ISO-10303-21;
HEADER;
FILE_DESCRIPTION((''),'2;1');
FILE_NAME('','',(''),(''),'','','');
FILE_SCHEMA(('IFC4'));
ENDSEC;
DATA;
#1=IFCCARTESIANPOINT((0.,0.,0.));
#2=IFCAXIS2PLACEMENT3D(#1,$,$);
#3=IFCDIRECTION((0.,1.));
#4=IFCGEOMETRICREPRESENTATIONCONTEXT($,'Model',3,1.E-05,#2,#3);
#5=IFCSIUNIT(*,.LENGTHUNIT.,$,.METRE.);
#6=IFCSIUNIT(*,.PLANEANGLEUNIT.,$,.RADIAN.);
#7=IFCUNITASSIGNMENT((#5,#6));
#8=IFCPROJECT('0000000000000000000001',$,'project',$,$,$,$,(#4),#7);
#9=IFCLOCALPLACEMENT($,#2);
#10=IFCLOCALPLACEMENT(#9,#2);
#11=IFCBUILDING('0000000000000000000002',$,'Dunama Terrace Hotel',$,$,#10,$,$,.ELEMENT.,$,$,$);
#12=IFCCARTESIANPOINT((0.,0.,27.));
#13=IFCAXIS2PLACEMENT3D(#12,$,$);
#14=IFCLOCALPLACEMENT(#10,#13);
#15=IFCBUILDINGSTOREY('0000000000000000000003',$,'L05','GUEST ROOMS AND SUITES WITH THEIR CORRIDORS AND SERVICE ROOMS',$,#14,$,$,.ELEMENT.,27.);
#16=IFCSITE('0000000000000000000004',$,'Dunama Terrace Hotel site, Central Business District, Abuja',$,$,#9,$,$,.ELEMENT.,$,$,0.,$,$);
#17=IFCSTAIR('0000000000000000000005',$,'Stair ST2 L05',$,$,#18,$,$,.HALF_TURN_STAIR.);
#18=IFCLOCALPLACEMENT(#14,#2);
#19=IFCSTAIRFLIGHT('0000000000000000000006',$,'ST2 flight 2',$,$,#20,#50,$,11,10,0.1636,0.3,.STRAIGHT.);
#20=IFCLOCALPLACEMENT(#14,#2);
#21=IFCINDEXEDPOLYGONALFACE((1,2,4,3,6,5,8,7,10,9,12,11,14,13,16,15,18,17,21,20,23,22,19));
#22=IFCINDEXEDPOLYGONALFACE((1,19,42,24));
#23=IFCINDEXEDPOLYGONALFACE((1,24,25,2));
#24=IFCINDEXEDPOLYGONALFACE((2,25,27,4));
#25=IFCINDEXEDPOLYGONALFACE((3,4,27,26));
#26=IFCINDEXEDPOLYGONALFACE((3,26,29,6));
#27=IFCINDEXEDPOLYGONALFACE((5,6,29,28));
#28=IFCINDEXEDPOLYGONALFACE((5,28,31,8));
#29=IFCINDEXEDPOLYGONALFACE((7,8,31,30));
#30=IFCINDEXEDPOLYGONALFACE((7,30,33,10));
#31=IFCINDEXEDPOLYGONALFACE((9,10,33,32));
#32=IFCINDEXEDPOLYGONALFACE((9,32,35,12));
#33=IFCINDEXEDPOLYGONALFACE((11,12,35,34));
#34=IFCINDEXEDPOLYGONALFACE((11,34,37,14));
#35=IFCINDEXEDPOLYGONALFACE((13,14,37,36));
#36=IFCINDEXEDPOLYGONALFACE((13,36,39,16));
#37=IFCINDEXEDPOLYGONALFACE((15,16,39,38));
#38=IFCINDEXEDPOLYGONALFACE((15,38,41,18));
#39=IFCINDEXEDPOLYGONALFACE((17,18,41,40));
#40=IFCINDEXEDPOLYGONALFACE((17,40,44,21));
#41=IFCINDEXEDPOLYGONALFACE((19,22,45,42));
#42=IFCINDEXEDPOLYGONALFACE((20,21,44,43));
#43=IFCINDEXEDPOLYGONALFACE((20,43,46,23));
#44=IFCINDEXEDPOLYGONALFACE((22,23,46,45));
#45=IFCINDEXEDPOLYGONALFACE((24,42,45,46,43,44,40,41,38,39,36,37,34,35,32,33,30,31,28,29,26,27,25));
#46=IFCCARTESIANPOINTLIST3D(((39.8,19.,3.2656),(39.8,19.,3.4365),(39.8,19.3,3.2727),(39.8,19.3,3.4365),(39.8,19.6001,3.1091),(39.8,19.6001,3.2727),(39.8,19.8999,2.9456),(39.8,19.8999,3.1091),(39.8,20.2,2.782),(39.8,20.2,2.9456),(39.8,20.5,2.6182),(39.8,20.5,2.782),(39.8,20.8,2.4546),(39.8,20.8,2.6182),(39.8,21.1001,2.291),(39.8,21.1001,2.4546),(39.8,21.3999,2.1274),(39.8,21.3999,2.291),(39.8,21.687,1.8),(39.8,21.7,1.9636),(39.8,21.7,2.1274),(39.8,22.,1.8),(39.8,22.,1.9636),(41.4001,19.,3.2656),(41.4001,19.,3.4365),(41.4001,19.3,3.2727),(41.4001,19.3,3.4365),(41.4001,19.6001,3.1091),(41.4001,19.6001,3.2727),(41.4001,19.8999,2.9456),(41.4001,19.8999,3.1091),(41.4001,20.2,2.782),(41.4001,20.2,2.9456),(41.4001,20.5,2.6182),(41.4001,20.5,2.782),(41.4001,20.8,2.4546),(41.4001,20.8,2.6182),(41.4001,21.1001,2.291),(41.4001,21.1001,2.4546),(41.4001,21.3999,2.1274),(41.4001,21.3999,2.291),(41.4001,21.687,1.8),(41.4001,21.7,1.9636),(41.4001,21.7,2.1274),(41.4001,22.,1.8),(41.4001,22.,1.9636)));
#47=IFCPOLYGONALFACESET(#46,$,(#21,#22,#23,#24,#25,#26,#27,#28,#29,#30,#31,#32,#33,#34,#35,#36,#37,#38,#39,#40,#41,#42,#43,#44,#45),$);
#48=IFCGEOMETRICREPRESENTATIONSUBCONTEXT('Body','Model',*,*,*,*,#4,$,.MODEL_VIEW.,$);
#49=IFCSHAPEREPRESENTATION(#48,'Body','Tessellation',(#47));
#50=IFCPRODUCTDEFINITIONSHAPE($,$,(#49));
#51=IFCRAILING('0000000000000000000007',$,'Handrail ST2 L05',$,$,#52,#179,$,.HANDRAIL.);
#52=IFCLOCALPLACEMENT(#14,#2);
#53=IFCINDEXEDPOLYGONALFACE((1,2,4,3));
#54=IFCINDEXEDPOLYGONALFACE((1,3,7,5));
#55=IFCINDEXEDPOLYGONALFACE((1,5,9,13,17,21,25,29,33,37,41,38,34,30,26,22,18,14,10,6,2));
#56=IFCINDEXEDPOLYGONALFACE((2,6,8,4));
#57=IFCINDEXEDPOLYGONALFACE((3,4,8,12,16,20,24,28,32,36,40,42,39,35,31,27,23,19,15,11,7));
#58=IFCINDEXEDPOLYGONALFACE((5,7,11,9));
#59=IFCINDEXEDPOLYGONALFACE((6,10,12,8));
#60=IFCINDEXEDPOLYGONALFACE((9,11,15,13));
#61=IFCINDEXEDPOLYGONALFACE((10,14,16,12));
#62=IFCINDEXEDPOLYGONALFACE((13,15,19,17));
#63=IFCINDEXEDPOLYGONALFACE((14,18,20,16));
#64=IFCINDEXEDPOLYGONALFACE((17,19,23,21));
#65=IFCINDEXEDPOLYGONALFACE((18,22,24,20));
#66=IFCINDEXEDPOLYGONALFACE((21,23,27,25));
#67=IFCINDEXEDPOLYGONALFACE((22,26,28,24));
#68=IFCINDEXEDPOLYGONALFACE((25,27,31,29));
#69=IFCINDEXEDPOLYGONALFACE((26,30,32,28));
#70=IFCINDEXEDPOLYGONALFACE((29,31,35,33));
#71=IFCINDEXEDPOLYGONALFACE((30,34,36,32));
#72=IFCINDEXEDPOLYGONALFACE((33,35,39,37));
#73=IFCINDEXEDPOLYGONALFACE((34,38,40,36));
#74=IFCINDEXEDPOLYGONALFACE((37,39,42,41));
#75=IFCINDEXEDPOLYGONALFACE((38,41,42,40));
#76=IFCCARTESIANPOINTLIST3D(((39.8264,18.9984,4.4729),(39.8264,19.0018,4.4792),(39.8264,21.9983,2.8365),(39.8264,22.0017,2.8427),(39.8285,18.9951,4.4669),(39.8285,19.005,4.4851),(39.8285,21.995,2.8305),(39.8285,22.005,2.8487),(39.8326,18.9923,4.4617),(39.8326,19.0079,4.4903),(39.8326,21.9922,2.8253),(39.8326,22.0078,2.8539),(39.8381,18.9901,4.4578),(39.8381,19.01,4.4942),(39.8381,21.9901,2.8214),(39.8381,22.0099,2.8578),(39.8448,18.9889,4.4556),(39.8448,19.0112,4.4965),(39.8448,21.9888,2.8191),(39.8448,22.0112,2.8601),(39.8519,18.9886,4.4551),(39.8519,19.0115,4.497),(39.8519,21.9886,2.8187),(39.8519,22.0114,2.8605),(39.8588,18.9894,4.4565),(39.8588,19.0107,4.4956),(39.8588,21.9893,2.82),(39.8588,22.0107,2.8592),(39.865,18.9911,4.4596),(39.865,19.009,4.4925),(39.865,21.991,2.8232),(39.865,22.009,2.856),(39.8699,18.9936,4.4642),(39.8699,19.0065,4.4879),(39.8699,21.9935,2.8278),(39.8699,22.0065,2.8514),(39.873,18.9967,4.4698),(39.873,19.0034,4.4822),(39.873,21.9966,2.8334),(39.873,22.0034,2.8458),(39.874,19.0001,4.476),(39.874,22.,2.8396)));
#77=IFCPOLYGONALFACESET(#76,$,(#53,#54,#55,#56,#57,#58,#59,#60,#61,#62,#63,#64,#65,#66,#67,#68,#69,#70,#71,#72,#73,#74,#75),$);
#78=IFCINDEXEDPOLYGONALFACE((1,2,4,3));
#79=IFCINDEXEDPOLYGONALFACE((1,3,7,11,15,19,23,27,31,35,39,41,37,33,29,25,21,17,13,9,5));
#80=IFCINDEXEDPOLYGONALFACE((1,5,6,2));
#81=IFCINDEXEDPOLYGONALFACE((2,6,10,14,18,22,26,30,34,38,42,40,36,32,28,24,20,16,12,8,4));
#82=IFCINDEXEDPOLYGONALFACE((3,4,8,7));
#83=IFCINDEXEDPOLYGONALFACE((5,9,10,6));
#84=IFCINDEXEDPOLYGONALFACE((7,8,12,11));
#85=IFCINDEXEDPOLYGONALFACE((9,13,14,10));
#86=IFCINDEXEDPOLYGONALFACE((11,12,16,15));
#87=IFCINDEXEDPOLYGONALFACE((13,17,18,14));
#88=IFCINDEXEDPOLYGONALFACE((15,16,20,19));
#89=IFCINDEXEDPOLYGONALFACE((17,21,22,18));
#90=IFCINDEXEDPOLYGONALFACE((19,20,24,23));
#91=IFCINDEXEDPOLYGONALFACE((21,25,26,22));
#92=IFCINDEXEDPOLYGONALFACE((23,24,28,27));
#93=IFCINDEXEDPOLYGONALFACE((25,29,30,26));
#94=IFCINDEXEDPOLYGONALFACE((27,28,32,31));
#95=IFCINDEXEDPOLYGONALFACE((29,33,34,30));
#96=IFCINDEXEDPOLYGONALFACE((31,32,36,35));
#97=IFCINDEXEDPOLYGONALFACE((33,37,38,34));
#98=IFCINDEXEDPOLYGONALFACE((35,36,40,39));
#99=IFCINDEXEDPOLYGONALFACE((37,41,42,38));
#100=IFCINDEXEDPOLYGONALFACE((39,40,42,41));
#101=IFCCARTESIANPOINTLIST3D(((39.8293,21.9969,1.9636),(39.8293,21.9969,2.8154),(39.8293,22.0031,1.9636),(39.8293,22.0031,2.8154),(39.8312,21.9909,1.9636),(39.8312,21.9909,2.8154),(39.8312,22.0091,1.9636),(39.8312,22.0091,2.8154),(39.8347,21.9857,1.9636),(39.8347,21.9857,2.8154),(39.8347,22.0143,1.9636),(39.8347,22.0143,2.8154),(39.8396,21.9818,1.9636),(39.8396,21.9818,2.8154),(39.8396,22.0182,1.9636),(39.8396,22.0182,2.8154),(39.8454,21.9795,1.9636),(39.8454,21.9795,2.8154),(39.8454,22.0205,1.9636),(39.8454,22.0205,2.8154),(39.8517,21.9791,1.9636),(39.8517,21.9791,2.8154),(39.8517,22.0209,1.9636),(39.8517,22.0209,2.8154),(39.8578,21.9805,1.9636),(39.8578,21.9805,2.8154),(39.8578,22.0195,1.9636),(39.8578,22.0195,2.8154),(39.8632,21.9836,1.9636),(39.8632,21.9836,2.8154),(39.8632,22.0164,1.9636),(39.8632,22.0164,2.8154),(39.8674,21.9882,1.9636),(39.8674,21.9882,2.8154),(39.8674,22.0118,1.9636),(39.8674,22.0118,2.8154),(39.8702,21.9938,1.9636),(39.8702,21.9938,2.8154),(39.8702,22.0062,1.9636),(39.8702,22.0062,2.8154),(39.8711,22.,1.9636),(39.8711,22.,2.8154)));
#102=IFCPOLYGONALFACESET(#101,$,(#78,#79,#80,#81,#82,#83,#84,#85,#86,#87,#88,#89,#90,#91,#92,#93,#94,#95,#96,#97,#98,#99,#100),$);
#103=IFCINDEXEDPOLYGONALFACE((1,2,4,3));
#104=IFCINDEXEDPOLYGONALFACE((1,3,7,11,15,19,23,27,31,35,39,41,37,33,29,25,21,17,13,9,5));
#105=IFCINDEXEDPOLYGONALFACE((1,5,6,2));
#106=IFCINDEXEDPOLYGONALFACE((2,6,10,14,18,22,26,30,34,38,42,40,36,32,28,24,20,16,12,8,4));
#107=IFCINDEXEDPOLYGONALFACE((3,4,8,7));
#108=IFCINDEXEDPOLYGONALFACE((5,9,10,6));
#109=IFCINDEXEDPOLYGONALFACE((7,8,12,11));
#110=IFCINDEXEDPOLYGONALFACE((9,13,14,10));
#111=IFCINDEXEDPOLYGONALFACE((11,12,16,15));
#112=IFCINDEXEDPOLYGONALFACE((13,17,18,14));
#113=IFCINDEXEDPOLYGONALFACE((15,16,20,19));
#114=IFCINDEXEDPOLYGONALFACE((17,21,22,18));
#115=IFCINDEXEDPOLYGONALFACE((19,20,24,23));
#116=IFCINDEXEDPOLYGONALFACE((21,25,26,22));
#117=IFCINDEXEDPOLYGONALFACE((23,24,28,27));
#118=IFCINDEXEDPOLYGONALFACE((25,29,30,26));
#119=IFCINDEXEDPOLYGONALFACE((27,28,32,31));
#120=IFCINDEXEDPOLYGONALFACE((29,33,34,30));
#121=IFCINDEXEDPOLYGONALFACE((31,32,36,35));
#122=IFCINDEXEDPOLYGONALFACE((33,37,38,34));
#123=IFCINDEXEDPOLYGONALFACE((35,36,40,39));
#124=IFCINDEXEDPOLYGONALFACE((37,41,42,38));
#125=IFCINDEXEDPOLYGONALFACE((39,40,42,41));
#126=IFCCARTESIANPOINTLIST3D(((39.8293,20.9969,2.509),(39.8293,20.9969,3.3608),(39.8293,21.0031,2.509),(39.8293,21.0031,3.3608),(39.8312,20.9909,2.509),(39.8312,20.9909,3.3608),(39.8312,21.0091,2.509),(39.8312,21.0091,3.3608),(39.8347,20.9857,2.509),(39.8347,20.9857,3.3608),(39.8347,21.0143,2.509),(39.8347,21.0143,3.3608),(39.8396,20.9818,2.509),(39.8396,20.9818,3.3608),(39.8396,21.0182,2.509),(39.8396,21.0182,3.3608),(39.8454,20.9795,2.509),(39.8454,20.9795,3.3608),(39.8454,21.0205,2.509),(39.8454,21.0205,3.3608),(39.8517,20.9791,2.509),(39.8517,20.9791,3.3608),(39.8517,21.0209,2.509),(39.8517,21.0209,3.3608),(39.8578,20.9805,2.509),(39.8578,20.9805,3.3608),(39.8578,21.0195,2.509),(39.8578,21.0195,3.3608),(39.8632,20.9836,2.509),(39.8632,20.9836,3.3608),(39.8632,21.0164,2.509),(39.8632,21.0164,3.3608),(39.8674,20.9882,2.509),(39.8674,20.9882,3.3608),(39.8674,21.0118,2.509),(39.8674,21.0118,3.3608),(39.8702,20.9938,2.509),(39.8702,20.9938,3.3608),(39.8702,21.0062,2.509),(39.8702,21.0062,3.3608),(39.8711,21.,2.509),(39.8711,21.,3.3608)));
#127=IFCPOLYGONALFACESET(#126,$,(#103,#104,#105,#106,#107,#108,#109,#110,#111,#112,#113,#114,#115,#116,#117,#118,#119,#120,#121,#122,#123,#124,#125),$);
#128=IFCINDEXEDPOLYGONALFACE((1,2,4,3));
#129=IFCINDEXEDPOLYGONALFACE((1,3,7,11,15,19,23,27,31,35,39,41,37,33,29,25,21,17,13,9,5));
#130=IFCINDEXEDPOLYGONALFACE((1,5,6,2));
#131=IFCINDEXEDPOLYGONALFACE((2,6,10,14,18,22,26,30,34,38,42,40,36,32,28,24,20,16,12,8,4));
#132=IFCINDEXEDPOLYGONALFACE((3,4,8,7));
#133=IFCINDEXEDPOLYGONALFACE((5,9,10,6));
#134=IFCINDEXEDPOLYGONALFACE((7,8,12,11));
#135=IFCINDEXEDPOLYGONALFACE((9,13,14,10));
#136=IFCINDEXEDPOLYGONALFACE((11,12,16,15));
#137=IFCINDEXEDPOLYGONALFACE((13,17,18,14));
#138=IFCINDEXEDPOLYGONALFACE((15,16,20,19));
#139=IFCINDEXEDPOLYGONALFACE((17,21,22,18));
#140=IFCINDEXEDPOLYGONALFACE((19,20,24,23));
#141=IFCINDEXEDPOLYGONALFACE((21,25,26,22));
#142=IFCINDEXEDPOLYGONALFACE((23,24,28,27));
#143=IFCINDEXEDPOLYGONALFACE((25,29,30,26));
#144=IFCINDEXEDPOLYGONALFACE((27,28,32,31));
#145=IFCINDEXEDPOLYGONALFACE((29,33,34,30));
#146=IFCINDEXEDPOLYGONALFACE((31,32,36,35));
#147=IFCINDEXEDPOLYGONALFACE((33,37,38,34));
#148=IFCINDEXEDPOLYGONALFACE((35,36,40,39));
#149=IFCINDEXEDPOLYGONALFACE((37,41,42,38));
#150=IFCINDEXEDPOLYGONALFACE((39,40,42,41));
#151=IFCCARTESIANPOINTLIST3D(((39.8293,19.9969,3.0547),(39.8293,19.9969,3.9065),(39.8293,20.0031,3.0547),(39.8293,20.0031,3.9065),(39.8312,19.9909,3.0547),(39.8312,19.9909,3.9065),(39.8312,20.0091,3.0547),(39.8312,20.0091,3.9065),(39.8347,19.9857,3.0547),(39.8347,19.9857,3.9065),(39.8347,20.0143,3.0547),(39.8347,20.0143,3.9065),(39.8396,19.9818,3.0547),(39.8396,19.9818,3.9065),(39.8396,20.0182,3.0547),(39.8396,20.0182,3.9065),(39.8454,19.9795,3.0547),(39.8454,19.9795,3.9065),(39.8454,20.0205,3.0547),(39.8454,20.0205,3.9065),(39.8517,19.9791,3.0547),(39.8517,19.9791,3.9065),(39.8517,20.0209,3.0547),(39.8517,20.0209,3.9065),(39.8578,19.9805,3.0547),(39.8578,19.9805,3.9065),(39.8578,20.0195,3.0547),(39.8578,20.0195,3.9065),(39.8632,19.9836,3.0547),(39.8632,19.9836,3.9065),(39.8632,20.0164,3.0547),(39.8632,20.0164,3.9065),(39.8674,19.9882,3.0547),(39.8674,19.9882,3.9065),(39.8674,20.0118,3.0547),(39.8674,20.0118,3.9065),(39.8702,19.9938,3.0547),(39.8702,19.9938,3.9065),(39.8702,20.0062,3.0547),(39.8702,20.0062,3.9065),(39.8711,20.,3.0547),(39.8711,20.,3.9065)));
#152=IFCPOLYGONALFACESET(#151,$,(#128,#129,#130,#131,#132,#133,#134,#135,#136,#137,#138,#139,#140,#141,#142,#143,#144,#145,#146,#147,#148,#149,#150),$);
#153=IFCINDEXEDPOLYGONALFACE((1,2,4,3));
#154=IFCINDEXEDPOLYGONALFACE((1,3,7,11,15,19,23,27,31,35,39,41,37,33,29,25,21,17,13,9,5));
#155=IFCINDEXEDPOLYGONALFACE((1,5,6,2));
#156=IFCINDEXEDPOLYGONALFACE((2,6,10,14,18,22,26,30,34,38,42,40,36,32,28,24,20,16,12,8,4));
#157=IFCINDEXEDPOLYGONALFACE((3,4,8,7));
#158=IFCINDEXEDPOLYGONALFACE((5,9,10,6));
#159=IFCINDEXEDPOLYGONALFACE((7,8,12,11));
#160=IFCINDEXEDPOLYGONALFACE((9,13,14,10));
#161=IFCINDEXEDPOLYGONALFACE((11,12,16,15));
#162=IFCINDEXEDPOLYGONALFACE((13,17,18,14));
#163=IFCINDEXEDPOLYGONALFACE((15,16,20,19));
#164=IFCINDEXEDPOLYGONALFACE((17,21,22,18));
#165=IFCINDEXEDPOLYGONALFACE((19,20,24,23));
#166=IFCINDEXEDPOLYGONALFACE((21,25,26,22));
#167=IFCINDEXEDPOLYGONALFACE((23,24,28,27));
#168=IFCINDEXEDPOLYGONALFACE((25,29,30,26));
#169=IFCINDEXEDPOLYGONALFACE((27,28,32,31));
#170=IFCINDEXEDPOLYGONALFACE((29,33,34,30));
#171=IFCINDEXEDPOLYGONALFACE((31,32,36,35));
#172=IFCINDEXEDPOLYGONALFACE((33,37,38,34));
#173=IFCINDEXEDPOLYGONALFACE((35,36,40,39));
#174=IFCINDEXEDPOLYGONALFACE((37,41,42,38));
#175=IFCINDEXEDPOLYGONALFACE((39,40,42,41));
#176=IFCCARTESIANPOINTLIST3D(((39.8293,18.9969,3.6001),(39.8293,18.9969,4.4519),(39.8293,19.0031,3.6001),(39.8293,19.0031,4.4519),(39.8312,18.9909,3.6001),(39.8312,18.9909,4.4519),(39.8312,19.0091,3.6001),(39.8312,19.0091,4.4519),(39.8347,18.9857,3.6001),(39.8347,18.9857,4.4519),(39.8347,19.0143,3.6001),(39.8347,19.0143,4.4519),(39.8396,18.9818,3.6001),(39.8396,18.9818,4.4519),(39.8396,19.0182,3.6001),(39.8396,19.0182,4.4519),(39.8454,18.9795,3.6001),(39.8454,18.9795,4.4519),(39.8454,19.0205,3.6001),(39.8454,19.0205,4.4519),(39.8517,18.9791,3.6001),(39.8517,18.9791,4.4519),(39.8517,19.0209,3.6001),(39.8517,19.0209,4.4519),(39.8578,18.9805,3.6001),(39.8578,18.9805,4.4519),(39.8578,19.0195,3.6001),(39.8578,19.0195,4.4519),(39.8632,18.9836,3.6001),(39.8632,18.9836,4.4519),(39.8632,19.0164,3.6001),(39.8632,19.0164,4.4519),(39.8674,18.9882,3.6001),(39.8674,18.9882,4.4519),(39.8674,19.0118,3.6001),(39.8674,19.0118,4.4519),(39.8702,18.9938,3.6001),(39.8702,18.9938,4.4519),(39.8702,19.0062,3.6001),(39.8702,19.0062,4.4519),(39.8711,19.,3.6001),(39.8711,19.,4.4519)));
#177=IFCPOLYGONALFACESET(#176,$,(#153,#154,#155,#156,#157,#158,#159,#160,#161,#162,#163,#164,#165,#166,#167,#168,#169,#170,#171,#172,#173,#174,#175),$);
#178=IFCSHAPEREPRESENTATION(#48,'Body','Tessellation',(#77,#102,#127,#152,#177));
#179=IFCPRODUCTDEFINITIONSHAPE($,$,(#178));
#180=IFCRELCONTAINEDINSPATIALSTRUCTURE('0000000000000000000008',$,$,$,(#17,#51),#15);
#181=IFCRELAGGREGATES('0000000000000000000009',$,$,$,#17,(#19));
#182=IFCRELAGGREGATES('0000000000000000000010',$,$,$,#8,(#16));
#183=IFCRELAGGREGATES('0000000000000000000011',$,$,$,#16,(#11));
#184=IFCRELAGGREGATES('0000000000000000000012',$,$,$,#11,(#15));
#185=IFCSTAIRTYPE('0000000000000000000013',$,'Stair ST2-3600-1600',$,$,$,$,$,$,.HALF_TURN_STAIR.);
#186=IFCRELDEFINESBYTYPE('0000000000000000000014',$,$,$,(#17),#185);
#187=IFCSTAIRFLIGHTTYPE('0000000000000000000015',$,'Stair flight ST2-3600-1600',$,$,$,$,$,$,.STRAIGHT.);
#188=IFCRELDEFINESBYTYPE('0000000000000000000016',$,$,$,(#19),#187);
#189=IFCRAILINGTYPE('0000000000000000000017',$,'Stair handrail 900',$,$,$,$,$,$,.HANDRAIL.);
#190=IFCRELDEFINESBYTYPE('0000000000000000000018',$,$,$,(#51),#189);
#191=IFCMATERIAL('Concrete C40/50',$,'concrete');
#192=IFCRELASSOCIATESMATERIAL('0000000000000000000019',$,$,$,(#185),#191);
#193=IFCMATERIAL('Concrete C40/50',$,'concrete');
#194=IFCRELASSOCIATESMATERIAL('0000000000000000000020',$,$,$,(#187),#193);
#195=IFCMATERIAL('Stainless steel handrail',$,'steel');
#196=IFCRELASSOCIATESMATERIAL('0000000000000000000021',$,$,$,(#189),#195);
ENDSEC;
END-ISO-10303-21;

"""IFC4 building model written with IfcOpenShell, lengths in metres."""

from ifc_helpers import new_model, si_unit, direction, frame, origin, origin_2d, place, context, subcontext, project, spatial, polyline, circle, outline, extrude, material, type_object, element, aggregate, save


model = new_model("IFC4")

# Units and contexts
model_context = context("Model", 3, precision=1e-05, world=origin(), true_north=direction((0.0, 1.0)))
body_context = subcontext(model_context, "Body", "Model", "MODEL_VIEW")
ifc_project = project(units=[si_unit("LENGTHUNIT", "METRE"), si_unit("PLANEANGLEUNIT", "RADIAN")], contexts=[model_context])

# Site, building, storey
site_placement = place(None, origin())
site = spatial("IfcSite", under=ifc_project, at=site_placement, Name="Dunama Terrace Hotel site, Central Business District, Abuja", CompositionType="ELEMENT", RefElevation=0.0)
building_placement = place(site_placement, origin())
building = spatial("IfcBuilding", under=site, at=building_placement, Name="Dunama Terrace Hotel", CompositionType="ELEMENT")
storey_placement = place(building_placement, frame((0.0, 0.0, 27.0)))
storey = spatial("IfcBuildingStorey", under=building, at=storey_placement, Name="L05", Description="GUEST ROOMS AND SUITES WITH THEIR CORRIDORS AND SERVICE ROOMS", CompositionType="ELEMENT", Elevation=27.0)

# Stair, stair flight
ifc_material_1 = material(Name="Concrete C40/50", Category="concrete")
stair_type = type_object("IfcStairType", Name="Stair ST2-3600-1600", PredefinedType="HALF_TURN_STAIR", material=ifc_material_1)
stair_placement = place(storey_placement, origin())
stair = element("IfcStair", 1, at=stair_placement, inside=storey, type_object=stair_type, Name="Stair ST2 L05", PredefinedType="HALF_TURN_STAIR")
ifc_material_2 = material(Name="Concrete C40/50", Category="concrete")
stair_flight_type = type_object("IfcStairFlightType", Name="Stair flight ST2-3600-1600", PredefinedType="STRAIGHT", material=ifc_material_2)
stair_flight_placement = place(storey_placement, frame((40.6001, 22.0, 1.8), z_axis=(0.0, 0.0, 1.0), x_axis=(0.0, -1.0, 0.0)))
stair_flight = element("IfcStairFlight", 2, at=stair_flight_placement, type_object=stair_flight_type, Name="ST2 flight 2", NumberOfRisers=11, NumberOfTreads=10, PredefinedType="STRAIGHT", RiserHeight=0.1636, TreadLength=0.3, context=body_context, shape_type="SweptSolid", body=[
    extrude(outline(polyline([(0.0, 0.0), (0.0, 0.1636), (0.3, 0.1636), (0.3, 0.3274), (0.6001, 0.3274), (0.6001, 0.491), (0.8999, 0.491), (0.8999, 0.6545), (1.2, 0.6545), (1.2, 0.8181), (1.5, 0.8181), (1.5, 0.9819), (1.8, 0.9819), (1.8, 1.1455), (2.1001, 1.1455), (2.1001, 1.3091), (2.3999, 1.3091), (2.3999, 1.4727), (2.7, 1.4727), (2.7, 1.6365), (3.0, 1.6365), (3.0, 1.8), (3.0, 1.4656), (0.313, 0.0), (0.0, 0.0)])), frame((0.0, 0.8, 0.0), z_axis=(0.0, -1.0, 0.0), x_axis=(1.0, 0.0, 0.0)), (0.0, 0.0, 1.0), 1.6001),
])
aggregate(stair, [stair_flight])

# Railing
ifc_material_3 = material(Name="Stainless steel handrail", Category="steel")
railing_type = type_object("IfcRailingType", Name="Stair handrail 900", PredefinedType="HANDRAIL", material=ifc_material_3)
railing_placement = place(storey_placement, frame((39.8501, 22.0, 1.9636)))
element("IfcRailing", 3, at=railing_placement, inside=storey, type_object=railing_type, Name="Handrail ST2 L05", PredefinedType="HANDRAIL", context=body_context, shape_type="SweptSolid", body=[
    extrude(circle(Radius=0.0239, at=origin_2d()), frame((0.0, 0.0, 0.876), z_axis=(0.0, -0.877882, 0.478877), x_axis=(1.0, 0.0, 0.0)), (0.0, 0.0, 1.0), 3.4172),
    extrude(circle(Radius=0.021, at=origin_2d()), origin(), (0.0, 0.0, 1.0), 0.8518),
    extrude(circle(Radius=0.021, at=origin_2d()), frame((0.0, -1.0, 0.5454)), (0.0, 0.0, 1.0), 0.8518),
    extrude(circle(Radius=0.021, at=origin_2d()), frame((0.0, -2.0, 1.0911)), (0.0, 0.0, 1.0), 0.8518),
    extrude(circle(Radius=0.021, at=origin_2d()), frame((0.0, -3.0, 1.6365)), (0.0, 0.0, 1.0), 0.8518),
])

save(model, "model.ifc")
